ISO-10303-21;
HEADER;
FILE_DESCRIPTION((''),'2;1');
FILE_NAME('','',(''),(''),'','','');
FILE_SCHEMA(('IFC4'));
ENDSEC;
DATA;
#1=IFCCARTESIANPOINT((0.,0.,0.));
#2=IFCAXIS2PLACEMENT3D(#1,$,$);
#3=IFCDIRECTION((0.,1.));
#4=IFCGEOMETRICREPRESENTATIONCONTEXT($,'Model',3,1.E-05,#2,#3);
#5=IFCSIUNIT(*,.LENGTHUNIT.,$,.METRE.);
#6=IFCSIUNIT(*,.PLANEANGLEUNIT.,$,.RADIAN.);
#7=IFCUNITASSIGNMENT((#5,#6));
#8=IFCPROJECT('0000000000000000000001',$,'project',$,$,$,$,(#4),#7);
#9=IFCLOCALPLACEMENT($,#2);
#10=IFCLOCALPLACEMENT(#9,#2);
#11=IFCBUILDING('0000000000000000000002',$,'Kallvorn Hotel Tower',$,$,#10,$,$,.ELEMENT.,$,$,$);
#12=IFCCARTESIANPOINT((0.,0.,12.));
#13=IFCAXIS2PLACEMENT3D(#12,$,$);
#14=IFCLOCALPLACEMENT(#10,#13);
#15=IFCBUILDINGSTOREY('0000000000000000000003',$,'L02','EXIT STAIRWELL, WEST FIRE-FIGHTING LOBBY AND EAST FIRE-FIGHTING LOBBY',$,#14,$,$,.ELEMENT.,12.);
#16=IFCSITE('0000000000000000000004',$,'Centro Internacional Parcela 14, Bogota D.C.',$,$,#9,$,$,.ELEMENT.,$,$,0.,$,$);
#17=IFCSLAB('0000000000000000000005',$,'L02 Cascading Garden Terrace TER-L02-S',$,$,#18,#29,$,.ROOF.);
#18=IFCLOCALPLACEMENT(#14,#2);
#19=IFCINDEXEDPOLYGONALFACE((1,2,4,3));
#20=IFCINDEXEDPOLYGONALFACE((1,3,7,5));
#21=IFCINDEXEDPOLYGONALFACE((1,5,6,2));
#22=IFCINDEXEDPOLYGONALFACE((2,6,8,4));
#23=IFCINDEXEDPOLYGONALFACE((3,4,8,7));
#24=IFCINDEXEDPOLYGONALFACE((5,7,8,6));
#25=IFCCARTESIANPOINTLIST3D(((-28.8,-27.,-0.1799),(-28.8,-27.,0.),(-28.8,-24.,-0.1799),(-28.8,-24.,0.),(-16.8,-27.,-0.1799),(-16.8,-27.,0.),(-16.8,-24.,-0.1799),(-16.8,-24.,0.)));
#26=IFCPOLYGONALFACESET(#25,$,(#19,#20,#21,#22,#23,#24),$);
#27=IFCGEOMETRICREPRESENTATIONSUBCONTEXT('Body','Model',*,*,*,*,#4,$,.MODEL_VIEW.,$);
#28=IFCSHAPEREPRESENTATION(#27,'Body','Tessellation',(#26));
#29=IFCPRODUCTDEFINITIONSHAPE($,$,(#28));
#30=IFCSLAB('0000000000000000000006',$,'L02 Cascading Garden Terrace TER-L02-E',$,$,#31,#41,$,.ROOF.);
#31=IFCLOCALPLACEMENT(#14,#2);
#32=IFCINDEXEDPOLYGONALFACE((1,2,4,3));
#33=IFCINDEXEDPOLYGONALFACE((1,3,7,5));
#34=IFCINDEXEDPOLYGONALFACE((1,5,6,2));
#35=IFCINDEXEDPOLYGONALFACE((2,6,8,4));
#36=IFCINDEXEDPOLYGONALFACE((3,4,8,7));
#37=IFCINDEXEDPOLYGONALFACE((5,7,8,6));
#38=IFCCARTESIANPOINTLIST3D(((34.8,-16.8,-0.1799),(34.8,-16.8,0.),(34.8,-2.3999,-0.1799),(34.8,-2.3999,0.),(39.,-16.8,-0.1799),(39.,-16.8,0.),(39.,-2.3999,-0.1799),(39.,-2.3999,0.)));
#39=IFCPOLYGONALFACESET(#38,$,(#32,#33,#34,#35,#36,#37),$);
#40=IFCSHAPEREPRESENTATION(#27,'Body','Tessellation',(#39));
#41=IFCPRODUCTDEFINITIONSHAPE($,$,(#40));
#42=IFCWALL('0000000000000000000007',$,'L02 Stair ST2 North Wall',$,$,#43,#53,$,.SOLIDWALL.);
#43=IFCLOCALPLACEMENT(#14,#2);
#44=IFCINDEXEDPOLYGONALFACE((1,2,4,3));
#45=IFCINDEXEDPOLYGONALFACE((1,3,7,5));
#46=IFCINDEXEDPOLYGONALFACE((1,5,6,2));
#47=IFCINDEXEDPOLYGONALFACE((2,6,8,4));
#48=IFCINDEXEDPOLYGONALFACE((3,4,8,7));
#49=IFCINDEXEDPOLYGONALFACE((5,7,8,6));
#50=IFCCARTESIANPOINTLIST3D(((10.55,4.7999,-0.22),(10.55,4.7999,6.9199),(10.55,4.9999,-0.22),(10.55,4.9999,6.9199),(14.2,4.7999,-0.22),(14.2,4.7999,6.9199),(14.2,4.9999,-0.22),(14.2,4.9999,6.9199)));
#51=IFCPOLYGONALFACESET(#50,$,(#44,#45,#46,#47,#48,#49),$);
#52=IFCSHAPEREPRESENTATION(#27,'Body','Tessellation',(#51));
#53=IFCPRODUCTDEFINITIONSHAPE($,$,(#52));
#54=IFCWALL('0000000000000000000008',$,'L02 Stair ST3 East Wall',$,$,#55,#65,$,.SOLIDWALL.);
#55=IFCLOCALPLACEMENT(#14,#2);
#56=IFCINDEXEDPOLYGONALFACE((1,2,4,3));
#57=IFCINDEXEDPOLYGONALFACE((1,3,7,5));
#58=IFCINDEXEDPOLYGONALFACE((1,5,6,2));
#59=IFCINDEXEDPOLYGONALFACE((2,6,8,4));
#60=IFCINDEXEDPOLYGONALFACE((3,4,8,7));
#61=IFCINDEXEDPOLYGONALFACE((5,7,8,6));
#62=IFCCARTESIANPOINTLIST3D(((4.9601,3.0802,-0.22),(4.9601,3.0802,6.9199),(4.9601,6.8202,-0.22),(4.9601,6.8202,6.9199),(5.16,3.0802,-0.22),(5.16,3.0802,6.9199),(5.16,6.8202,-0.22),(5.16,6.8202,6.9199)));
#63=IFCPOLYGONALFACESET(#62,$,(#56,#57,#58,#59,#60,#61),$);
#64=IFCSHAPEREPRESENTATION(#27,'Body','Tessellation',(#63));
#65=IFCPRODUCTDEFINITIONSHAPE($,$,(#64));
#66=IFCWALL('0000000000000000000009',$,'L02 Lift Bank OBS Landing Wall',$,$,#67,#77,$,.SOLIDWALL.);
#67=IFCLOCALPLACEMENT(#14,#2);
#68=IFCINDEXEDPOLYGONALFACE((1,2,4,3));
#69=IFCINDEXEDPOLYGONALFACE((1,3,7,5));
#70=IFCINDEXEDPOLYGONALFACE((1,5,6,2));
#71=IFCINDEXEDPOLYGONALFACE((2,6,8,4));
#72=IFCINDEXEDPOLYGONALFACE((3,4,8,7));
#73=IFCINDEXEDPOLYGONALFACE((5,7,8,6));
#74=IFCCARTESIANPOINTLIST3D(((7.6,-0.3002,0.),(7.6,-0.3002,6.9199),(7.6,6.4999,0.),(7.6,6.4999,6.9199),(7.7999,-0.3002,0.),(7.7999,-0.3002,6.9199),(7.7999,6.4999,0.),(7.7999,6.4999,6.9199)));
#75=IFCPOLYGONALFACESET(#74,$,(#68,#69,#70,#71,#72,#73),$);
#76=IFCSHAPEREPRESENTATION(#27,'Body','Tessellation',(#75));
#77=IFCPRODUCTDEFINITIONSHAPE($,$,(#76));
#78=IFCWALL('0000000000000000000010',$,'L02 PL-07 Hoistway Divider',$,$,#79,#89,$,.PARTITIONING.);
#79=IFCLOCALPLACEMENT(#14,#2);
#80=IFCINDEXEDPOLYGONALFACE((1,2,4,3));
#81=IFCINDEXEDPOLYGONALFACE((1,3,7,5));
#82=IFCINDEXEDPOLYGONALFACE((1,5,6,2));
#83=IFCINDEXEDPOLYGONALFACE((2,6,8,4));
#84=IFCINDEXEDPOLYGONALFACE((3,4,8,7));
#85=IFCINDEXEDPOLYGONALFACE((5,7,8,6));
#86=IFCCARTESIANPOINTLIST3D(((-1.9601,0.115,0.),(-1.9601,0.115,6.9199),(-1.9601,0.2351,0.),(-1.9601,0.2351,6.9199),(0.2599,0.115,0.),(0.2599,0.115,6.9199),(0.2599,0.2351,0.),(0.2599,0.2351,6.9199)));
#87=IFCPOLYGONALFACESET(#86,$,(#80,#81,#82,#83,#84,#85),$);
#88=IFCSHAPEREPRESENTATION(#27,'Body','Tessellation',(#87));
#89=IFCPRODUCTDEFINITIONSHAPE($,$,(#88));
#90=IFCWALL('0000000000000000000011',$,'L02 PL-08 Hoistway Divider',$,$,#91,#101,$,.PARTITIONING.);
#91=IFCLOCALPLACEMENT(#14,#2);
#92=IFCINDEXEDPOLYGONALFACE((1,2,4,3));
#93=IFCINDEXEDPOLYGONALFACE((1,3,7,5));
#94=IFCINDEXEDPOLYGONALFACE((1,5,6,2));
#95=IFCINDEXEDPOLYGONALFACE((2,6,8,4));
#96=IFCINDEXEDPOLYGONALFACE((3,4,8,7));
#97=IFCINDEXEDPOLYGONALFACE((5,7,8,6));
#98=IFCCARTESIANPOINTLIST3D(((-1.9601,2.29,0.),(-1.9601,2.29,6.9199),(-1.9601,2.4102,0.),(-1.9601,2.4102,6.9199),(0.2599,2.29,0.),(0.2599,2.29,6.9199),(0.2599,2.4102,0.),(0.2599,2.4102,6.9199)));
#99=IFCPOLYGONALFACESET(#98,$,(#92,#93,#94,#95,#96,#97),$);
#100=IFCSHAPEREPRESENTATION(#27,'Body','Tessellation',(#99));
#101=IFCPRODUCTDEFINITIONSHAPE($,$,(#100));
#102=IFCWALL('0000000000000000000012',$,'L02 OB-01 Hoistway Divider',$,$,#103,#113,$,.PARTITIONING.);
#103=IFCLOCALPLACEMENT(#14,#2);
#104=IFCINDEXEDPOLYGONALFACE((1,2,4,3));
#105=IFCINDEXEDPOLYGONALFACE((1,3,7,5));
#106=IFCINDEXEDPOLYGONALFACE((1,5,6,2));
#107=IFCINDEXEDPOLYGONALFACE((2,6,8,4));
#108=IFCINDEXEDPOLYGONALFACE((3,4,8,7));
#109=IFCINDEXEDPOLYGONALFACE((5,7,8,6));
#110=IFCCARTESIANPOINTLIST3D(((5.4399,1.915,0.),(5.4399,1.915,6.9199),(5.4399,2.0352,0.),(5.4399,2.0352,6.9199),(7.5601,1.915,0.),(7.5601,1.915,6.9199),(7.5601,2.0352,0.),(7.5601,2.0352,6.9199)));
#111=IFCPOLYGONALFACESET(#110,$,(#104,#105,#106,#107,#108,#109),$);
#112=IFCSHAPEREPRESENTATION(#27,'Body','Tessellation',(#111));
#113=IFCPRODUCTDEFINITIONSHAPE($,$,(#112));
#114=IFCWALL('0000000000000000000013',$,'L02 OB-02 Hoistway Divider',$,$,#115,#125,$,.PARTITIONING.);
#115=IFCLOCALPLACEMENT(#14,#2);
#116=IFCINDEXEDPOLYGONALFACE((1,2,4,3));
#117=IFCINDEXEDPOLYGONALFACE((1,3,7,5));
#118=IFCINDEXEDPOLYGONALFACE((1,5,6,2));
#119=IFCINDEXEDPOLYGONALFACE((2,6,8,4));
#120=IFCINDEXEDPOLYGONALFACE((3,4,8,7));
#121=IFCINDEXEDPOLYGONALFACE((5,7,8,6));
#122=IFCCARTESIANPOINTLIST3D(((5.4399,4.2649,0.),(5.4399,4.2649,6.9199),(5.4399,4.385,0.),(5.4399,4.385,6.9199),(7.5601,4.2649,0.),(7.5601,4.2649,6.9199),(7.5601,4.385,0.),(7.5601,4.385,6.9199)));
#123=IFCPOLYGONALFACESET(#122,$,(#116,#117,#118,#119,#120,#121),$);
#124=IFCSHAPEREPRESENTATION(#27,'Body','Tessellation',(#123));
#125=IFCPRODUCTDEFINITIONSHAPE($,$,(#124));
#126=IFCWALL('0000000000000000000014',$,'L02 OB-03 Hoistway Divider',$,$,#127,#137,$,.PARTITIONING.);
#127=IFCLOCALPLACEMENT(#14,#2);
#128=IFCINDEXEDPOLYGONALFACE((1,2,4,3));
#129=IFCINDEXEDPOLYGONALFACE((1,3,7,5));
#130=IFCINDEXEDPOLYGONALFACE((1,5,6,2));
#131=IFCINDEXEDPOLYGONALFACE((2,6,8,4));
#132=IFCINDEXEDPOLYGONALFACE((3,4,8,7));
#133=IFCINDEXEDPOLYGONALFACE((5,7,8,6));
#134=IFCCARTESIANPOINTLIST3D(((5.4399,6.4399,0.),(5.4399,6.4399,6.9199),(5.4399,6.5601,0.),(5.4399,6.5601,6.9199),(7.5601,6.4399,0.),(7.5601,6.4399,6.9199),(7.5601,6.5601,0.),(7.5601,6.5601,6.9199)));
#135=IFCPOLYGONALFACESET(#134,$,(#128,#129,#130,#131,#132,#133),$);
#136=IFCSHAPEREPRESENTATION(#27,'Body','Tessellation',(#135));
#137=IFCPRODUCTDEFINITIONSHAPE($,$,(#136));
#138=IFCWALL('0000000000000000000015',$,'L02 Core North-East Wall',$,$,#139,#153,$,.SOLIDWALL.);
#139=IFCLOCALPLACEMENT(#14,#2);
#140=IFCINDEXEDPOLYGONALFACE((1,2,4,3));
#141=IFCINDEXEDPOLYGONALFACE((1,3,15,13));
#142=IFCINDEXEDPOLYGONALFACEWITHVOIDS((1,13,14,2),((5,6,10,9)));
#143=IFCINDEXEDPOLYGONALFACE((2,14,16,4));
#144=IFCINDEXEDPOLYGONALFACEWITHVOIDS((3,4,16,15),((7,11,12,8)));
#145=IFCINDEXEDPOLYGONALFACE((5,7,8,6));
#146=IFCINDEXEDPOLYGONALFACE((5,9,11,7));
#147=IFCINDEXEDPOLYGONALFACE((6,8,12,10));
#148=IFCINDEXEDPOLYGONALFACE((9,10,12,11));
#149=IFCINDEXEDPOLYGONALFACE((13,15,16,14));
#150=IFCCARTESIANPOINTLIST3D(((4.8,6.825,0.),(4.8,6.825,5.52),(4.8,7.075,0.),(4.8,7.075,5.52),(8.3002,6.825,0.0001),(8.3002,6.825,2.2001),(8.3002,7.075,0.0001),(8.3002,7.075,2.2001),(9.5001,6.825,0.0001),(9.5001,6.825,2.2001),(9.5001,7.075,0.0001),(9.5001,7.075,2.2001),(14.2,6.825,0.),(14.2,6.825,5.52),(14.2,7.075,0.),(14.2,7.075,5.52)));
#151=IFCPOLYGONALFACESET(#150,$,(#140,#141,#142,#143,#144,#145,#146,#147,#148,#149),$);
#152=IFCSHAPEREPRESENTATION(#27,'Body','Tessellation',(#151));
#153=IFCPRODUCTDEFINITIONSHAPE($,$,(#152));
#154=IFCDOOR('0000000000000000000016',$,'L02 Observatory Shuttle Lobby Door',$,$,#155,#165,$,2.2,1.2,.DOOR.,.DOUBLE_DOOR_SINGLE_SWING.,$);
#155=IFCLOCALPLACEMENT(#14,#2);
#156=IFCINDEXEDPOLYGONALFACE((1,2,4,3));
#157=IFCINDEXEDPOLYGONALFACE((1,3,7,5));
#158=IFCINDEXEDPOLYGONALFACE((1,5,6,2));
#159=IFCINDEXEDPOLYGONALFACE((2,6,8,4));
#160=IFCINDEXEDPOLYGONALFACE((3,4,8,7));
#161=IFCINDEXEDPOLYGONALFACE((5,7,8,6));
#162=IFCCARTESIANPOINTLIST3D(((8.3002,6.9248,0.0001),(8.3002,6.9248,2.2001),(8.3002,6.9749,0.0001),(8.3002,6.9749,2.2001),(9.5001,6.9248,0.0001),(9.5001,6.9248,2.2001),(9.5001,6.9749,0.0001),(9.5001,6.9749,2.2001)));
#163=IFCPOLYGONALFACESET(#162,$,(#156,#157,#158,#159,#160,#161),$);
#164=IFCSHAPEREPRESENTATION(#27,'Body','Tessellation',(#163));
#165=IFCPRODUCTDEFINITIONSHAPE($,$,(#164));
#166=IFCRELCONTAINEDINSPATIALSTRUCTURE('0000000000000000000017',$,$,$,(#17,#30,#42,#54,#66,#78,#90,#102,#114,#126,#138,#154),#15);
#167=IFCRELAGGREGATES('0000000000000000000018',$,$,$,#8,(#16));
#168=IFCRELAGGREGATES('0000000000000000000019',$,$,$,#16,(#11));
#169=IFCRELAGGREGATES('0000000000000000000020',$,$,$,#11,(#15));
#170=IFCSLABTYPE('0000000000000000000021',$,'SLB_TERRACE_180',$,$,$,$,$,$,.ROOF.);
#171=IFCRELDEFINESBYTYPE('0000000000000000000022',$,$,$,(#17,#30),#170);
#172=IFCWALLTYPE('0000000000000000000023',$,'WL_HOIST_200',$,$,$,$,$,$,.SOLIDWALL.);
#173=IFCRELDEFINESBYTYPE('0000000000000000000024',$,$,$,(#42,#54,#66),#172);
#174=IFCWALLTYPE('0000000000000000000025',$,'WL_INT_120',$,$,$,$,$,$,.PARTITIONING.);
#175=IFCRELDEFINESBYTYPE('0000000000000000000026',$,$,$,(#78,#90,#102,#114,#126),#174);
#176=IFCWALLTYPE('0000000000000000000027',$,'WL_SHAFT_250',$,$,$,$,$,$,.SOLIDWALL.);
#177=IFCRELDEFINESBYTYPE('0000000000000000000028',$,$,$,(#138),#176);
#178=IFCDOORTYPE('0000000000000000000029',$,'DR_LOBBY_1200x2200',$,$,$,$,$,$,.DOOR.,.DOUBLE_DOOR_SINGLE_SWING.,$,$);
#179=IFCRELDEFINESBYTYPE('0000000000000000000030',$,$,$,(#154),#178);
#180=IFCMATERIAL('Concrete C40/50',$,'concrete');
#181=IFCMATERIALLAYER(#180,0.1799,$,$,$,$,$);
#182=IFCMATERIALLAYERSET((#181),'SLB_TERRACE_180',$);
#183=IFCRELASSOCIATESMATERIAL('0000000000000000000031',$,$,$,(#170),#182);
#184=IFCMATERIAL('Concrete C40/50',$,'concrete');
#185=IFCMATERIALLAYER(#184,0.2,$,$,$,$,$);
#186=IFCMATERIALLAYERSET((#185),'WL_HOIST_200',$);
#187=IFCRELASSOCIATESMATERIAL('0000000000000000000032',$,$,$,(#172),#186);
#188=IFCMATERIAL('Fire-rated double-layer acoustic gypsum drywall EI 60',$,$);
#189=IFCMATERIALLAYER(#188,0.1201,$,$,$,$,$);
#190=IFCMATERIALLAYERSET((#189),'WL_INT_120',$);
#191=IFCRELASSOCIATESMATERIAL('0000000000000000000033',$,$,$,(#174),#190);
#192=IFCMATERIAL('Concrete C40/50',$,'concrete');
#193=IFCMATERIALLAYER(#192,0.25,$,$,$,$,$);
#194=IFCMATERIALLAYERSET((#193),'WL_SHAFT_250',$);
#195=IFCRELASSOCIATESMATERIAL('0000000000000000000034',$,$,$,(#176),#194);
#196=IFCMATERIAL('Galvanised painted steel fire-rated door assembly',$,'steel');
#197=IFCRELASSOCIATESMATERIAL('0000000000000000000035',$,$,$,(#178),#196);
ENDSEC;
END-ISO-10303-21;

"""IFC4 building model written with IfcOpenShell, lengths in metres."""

from ifc_helpers import new_model, si_unit, direction, frame, frame_2d, origin, place, context, subcontext, project, spatial, polyline, rectangle, outline, extrude, material, layer, layer_set, type_object, element, fill, save


model = new_model("IFC4")

# Units and contexts
model_context = context("Model", 3, precision=1e-05, world=origin(), true_north=direction((0.0, 1.0)))
body_context = subcontext(model_context, "Body", "Model", "MODEL_VIEW")
ifc_project = project(units=[si_unit("LENGTHUNIT", "METRE"), si_unit("PLANEANGLEUNIT", "RADIAN")], contexts=[model_context])

# Site, building, storey
site_placement = place(None, origin())
site = spatial("IfcSite", under=ifc_project, at=site_placement, Name="Centro Internacional Parcela 14, Bogota D.C.", CompositionType="ELEMENT", RefElevation=0.0)
building_placement = place(site_placement, origin())
building = spatial("IfcBuilding", under=site, at=building_placement, Name="Kallvorn Hotel Tower", CompositionType="ELEMENT")
storey_placement = place(building_placement, frame((0.0, 0.0, 12.0)))
storey = spatial("IfcBuildingStorey", under=building, at=storey_placement, Name="L02", Description="EXIT STAIRWELL, WEST FIRE-FIGHTING LOBBY AND EAST FIRE-FIGHTING LOBBY", CompositionType="ELEMENT", Elevation=12.0)

# Slabs
ifc_material_1 = material(Name="Concrete C40/50", Category="concrete")
ifc_layer_1 = layer(ifc_material_1, 0.1799)
ifc_layer_set_1 = layer_set([ifc_layer_1], Name="SLB_TERRACE_180")
slab_type_1 = type_object("IfcSlabType", Name="SLB_TERRACE_180", PredefinedType="ROOF", material=ifc_layer_set_1)
slab_1_placement = place(storey_placement, frame((0.0, 0.0, -0.1799)))
element("IfcSlab", 1, at=slab_1_placement, inside=storey, type_object=slab_type_1, Name="L02 Cascading Garden Terrace TER-L02-S", PredefinedType="ROOF", context=body_context, shape_type="SweptSolid", body=[
    extrude(outline(polyline([(-28.8, -27.0), (-16.8, -27.0), (-16.8, -24.0), (-28.8, -24.0), (-28.8, -27.0)])), origin(), (0.0, 0.0, 1.0), 0.1799),
])
slab_2_placement = place(storey_placement, frame((0.0, 0.0, -0.1799)))
element("IfcSlab", 2, at=slab_2_placement, inside=storey, type_object=slab_type_1, Name="L02 Cascading Garden Terrace TER-L02-E", PredefinedType="ROOF", context=body_context, shape_type="SweptSolid", body=[
    extrude(outline(polyline([(34.8, -16.8), (39.0, -16.8), (39.0, -2.3999), (34.8, -2.3999), (34.8, -16.8)])), origin(), (0.0, 0.0, 1.0), 0.1799),
])

# Walls
ifc_material_2 = material(Name="Concrete C40/50", Category="concrete")
ifc_layer_2 = layer(ifc_material_2, 0.2)
ifc_layer_set_2 = layer_set([ifc_layer_2], Name="WL_HOIST_200")
wall_type_1 = type_object("IfcWallType", Name="WL_HOIST_200", PredefinedType="SOLIDWALL", material=ifc_layer_set_2)
wall_1_placement = place(storey_placement, frame((10.55, 4.8999, -0.22), z_axis=(0.0, 0.0, 1.0), x_axis=(1.0, 0.0, 0.0)))
element("IfcWall", 3, at=wall_1_placement, inside=storey, type_object=wall_type_1, Name="L02 Stair ST2 North Wall", PredefinedType="SOLIDWALL", context=body_context, shape_type="SweptSolid", body=[
    extrude(rectangle(XDim=3.6499, YDim=0.2, at=frame_2d((1.825, 0.0))), origin(), (0.0, 0.0, 1.0), 7.1399),
])
wall_2_placement = place(storey_placement, frame((5.0601, 3.0801, -0.22), z_axis=(0.0, 0.0, 1.0), x_axis=(0.0, 1.0, 0.0)))
element("IfcWall", 4, at=wall_2_placement, inside=storey, type_object=wall_type_1, Name="L02 Stair ST3 East Wall", PredefinedType="SOLIDWALL", context=body_context, shape_type="SweptSolid", body=[
    extrude(rectangle(XDim=3.74, YDim=0.2, at=frame_2d((1.8701, 0.0))), origin(), (0.0, 0.0, 1.0), 7.1399),
])
wall_3_placement = place(storey_placement, frame((7.7, -0.3, 0.0), z_axis=(0.0, 0.0, 1.0), x_axis=(0.0, 1.0, 0.0)))
element("IfcWall", 5, at=wall_3_placement, inside=storey, type_object=wall_type_1, Name="L02 Lift Bank OBS Landing Wall", PredefinedType="SOLIDWALL", context=body_context, shape_type="SweptSolid", body=[
    extrude(rectangle(XDim=6.8, YDim=0.2, at=frame_2d((3.3999, 0.0))), origin(), (0.0, 0.0, 1.0), 6.9199),
])
ifc_material_3 = material(Name="Fire-rated double-layer acoustic gypsum drywall EI 60")
ifc_layer_3 = layer(ifc_material_3, 0.1201)
ifc_layer_set_3 = layer_set([ifc_layer_3], Name="WL_INT_120")
wall_type_2 = type_object("IfcWallType", Name="WL_INT_120", PredefinedType="PARTITIONING", material=ifc_layer_set_3)
for number, where, z_axis, x_axis, name in (
    (6, (-1.96, 0.175, 0.0), (0.0, 0.0, 1.0), (1.0, 0.0, 0.0), "L02 PL-07 Hoistway Divider"),
    (7, (-1.96, 2.3501, 0.0), (0.0, 0.0, 1.0), (1.0, 0.0, 0.0), "L02 PL-08 Hoistway Divider"),
):
    element("IfcWall", number, at=place(storey_placement, frame(where, z_axis=z_axis, x_axis=x_axis)), inside=storey, type_object=wall_type_2, Name=name, PredefinedType="PARTITIONING", context=body_context, shape_type="SweptSolid", body=[
        extrude(rectangle(XDim=2.22, YDim=0.1201, at=frame_2d((1.1099, 0.0))), origin(), (0.0, 0.0, 1.0), 6.9199),
    ])
for number, where, z_axis, x_axis, name in (
    (8, (5.4399, 1.9751, 0.0), (0.0, 0.0, 1.0), (1.0, 0.0, 0.0), "L02 OB-01 Hoistway Divider"),
    (9, (5.4399, 4.325, 0.0), (0.0, 0.0, 1.0), (1.0, 0.0, 0.0), "L02 OB-02 Hoistway Divider"),
    (10, (5.4399, 6.5, 0.0), (0.0, 0.0, 1.0), (1.0, 0.0, 0.0), "L02 OB-03 Hoistway Divider"),
):
    element("IfcWall", number, at=place(storey_placement, frame(where, z_axis=z_axis, x_axis=x_axis)), inside=storey, type_object=wall_type_2, Name=name, PredefinedType="PARTITIONING", context=body_context, shape_type="SweptSolid", body=[
        extrude(rectangle(XDim=2.1201, YDim=0.1201, at=frame_2d((1.0601, 0.0))), origin(), (0.0, 0.0, 1.0), 6.9199),
    ])

# Wall, opening, door
ifc_material_4 = material(Name="Concrete C40/50", Category="concrete")
ifc_layer_4 = layer(ifc_material_4, 0.25)
ifc_layer_set_4 = layer_set([ifc_layer_4], Name="WL_SHAFT_250")
wall_type_3 = type_object("IfcWallType", Name="WL_SHAFT_250", PredefinedType="SOLIDWALL", material=ifc_layer_set_4)
wall_4_placement = place(storey_placement, frame((4.8, 6.95, 0.0), z_axis=(0.0, 0.0, 1.0), x_axis=(1.0, 0.0, 0.0)))
wall_4 = element("IfcWall", 11, at=wall_4_placement, inside=storey, type_object=wall_type_3, Name="L02 Core North-East Wall", PredefinedType="SOLIDWALL", context=body_context, shape_type="SweptSolid", body=[
    extrude(rectangle(XDim=9.3999, YDim=0.25, at=frame_2d((4.7, 0.0))), origin(), (0.0, 0.0, 1.0), 5.52),
])
opening_placement = place(wall_4_placement, frame((3.5, 0.0, 0.0)))
opening = element("IfcOpeningElement", 12, at=opening_placement, cuts=wall_4, PredefinedType="OPENING", context=body_context, shape_type="SweptSolid", body=[
    extrude(rectangle(XDim=1.2, YDim=2.2, at=frame_2d((0.6001, 1.1001))), frame((0.0, 0.1399, 0.0), z_axis=(0.0, -1.0, 0.0), x_axis=(1.0, 0.0, 0.0)), (0.0, 0.0, 1.0), 0.28),
])
ifc_material_5 = material(Name="Galvanised painted steel fire-rated door assembly", Category="steel")
door_type = type_object("IfcDoorType", Name="DR_LOBBY_1200x2200", OperationType="DOUBLE_DOOR_SINGLE_SWING", PredefinedType="DOOR", material=ifc_material_5)
door_placement = place(opening_placement, origin())
door = element("IfcDoor", 13, at=door_placement, inside=storey, type_object=door_type, Name="L02 Observatory Shuttle Lobby Door", OperationType="DOUBLE_DOOR_SINGLE_SWING", OverallHeight=2.2, OverallWidth=1.2, PredefinedType="DOOR", context=body_context, shape_type="SweptSolid", body=[
    extrude(rectangle(XDim=1.2, YDim=2.2, at=frame_2d((0.6001, 1.1001))), frame((0.0, 0.0249, 0.0), z_axis=(0.0, -1.0, 0.0), x_axis=(1.0, 0.0, 0.0)), (0.0, 0.0, 1.0), 0.05),
])
fill(opening, door)

save(model, "model.ifc")
